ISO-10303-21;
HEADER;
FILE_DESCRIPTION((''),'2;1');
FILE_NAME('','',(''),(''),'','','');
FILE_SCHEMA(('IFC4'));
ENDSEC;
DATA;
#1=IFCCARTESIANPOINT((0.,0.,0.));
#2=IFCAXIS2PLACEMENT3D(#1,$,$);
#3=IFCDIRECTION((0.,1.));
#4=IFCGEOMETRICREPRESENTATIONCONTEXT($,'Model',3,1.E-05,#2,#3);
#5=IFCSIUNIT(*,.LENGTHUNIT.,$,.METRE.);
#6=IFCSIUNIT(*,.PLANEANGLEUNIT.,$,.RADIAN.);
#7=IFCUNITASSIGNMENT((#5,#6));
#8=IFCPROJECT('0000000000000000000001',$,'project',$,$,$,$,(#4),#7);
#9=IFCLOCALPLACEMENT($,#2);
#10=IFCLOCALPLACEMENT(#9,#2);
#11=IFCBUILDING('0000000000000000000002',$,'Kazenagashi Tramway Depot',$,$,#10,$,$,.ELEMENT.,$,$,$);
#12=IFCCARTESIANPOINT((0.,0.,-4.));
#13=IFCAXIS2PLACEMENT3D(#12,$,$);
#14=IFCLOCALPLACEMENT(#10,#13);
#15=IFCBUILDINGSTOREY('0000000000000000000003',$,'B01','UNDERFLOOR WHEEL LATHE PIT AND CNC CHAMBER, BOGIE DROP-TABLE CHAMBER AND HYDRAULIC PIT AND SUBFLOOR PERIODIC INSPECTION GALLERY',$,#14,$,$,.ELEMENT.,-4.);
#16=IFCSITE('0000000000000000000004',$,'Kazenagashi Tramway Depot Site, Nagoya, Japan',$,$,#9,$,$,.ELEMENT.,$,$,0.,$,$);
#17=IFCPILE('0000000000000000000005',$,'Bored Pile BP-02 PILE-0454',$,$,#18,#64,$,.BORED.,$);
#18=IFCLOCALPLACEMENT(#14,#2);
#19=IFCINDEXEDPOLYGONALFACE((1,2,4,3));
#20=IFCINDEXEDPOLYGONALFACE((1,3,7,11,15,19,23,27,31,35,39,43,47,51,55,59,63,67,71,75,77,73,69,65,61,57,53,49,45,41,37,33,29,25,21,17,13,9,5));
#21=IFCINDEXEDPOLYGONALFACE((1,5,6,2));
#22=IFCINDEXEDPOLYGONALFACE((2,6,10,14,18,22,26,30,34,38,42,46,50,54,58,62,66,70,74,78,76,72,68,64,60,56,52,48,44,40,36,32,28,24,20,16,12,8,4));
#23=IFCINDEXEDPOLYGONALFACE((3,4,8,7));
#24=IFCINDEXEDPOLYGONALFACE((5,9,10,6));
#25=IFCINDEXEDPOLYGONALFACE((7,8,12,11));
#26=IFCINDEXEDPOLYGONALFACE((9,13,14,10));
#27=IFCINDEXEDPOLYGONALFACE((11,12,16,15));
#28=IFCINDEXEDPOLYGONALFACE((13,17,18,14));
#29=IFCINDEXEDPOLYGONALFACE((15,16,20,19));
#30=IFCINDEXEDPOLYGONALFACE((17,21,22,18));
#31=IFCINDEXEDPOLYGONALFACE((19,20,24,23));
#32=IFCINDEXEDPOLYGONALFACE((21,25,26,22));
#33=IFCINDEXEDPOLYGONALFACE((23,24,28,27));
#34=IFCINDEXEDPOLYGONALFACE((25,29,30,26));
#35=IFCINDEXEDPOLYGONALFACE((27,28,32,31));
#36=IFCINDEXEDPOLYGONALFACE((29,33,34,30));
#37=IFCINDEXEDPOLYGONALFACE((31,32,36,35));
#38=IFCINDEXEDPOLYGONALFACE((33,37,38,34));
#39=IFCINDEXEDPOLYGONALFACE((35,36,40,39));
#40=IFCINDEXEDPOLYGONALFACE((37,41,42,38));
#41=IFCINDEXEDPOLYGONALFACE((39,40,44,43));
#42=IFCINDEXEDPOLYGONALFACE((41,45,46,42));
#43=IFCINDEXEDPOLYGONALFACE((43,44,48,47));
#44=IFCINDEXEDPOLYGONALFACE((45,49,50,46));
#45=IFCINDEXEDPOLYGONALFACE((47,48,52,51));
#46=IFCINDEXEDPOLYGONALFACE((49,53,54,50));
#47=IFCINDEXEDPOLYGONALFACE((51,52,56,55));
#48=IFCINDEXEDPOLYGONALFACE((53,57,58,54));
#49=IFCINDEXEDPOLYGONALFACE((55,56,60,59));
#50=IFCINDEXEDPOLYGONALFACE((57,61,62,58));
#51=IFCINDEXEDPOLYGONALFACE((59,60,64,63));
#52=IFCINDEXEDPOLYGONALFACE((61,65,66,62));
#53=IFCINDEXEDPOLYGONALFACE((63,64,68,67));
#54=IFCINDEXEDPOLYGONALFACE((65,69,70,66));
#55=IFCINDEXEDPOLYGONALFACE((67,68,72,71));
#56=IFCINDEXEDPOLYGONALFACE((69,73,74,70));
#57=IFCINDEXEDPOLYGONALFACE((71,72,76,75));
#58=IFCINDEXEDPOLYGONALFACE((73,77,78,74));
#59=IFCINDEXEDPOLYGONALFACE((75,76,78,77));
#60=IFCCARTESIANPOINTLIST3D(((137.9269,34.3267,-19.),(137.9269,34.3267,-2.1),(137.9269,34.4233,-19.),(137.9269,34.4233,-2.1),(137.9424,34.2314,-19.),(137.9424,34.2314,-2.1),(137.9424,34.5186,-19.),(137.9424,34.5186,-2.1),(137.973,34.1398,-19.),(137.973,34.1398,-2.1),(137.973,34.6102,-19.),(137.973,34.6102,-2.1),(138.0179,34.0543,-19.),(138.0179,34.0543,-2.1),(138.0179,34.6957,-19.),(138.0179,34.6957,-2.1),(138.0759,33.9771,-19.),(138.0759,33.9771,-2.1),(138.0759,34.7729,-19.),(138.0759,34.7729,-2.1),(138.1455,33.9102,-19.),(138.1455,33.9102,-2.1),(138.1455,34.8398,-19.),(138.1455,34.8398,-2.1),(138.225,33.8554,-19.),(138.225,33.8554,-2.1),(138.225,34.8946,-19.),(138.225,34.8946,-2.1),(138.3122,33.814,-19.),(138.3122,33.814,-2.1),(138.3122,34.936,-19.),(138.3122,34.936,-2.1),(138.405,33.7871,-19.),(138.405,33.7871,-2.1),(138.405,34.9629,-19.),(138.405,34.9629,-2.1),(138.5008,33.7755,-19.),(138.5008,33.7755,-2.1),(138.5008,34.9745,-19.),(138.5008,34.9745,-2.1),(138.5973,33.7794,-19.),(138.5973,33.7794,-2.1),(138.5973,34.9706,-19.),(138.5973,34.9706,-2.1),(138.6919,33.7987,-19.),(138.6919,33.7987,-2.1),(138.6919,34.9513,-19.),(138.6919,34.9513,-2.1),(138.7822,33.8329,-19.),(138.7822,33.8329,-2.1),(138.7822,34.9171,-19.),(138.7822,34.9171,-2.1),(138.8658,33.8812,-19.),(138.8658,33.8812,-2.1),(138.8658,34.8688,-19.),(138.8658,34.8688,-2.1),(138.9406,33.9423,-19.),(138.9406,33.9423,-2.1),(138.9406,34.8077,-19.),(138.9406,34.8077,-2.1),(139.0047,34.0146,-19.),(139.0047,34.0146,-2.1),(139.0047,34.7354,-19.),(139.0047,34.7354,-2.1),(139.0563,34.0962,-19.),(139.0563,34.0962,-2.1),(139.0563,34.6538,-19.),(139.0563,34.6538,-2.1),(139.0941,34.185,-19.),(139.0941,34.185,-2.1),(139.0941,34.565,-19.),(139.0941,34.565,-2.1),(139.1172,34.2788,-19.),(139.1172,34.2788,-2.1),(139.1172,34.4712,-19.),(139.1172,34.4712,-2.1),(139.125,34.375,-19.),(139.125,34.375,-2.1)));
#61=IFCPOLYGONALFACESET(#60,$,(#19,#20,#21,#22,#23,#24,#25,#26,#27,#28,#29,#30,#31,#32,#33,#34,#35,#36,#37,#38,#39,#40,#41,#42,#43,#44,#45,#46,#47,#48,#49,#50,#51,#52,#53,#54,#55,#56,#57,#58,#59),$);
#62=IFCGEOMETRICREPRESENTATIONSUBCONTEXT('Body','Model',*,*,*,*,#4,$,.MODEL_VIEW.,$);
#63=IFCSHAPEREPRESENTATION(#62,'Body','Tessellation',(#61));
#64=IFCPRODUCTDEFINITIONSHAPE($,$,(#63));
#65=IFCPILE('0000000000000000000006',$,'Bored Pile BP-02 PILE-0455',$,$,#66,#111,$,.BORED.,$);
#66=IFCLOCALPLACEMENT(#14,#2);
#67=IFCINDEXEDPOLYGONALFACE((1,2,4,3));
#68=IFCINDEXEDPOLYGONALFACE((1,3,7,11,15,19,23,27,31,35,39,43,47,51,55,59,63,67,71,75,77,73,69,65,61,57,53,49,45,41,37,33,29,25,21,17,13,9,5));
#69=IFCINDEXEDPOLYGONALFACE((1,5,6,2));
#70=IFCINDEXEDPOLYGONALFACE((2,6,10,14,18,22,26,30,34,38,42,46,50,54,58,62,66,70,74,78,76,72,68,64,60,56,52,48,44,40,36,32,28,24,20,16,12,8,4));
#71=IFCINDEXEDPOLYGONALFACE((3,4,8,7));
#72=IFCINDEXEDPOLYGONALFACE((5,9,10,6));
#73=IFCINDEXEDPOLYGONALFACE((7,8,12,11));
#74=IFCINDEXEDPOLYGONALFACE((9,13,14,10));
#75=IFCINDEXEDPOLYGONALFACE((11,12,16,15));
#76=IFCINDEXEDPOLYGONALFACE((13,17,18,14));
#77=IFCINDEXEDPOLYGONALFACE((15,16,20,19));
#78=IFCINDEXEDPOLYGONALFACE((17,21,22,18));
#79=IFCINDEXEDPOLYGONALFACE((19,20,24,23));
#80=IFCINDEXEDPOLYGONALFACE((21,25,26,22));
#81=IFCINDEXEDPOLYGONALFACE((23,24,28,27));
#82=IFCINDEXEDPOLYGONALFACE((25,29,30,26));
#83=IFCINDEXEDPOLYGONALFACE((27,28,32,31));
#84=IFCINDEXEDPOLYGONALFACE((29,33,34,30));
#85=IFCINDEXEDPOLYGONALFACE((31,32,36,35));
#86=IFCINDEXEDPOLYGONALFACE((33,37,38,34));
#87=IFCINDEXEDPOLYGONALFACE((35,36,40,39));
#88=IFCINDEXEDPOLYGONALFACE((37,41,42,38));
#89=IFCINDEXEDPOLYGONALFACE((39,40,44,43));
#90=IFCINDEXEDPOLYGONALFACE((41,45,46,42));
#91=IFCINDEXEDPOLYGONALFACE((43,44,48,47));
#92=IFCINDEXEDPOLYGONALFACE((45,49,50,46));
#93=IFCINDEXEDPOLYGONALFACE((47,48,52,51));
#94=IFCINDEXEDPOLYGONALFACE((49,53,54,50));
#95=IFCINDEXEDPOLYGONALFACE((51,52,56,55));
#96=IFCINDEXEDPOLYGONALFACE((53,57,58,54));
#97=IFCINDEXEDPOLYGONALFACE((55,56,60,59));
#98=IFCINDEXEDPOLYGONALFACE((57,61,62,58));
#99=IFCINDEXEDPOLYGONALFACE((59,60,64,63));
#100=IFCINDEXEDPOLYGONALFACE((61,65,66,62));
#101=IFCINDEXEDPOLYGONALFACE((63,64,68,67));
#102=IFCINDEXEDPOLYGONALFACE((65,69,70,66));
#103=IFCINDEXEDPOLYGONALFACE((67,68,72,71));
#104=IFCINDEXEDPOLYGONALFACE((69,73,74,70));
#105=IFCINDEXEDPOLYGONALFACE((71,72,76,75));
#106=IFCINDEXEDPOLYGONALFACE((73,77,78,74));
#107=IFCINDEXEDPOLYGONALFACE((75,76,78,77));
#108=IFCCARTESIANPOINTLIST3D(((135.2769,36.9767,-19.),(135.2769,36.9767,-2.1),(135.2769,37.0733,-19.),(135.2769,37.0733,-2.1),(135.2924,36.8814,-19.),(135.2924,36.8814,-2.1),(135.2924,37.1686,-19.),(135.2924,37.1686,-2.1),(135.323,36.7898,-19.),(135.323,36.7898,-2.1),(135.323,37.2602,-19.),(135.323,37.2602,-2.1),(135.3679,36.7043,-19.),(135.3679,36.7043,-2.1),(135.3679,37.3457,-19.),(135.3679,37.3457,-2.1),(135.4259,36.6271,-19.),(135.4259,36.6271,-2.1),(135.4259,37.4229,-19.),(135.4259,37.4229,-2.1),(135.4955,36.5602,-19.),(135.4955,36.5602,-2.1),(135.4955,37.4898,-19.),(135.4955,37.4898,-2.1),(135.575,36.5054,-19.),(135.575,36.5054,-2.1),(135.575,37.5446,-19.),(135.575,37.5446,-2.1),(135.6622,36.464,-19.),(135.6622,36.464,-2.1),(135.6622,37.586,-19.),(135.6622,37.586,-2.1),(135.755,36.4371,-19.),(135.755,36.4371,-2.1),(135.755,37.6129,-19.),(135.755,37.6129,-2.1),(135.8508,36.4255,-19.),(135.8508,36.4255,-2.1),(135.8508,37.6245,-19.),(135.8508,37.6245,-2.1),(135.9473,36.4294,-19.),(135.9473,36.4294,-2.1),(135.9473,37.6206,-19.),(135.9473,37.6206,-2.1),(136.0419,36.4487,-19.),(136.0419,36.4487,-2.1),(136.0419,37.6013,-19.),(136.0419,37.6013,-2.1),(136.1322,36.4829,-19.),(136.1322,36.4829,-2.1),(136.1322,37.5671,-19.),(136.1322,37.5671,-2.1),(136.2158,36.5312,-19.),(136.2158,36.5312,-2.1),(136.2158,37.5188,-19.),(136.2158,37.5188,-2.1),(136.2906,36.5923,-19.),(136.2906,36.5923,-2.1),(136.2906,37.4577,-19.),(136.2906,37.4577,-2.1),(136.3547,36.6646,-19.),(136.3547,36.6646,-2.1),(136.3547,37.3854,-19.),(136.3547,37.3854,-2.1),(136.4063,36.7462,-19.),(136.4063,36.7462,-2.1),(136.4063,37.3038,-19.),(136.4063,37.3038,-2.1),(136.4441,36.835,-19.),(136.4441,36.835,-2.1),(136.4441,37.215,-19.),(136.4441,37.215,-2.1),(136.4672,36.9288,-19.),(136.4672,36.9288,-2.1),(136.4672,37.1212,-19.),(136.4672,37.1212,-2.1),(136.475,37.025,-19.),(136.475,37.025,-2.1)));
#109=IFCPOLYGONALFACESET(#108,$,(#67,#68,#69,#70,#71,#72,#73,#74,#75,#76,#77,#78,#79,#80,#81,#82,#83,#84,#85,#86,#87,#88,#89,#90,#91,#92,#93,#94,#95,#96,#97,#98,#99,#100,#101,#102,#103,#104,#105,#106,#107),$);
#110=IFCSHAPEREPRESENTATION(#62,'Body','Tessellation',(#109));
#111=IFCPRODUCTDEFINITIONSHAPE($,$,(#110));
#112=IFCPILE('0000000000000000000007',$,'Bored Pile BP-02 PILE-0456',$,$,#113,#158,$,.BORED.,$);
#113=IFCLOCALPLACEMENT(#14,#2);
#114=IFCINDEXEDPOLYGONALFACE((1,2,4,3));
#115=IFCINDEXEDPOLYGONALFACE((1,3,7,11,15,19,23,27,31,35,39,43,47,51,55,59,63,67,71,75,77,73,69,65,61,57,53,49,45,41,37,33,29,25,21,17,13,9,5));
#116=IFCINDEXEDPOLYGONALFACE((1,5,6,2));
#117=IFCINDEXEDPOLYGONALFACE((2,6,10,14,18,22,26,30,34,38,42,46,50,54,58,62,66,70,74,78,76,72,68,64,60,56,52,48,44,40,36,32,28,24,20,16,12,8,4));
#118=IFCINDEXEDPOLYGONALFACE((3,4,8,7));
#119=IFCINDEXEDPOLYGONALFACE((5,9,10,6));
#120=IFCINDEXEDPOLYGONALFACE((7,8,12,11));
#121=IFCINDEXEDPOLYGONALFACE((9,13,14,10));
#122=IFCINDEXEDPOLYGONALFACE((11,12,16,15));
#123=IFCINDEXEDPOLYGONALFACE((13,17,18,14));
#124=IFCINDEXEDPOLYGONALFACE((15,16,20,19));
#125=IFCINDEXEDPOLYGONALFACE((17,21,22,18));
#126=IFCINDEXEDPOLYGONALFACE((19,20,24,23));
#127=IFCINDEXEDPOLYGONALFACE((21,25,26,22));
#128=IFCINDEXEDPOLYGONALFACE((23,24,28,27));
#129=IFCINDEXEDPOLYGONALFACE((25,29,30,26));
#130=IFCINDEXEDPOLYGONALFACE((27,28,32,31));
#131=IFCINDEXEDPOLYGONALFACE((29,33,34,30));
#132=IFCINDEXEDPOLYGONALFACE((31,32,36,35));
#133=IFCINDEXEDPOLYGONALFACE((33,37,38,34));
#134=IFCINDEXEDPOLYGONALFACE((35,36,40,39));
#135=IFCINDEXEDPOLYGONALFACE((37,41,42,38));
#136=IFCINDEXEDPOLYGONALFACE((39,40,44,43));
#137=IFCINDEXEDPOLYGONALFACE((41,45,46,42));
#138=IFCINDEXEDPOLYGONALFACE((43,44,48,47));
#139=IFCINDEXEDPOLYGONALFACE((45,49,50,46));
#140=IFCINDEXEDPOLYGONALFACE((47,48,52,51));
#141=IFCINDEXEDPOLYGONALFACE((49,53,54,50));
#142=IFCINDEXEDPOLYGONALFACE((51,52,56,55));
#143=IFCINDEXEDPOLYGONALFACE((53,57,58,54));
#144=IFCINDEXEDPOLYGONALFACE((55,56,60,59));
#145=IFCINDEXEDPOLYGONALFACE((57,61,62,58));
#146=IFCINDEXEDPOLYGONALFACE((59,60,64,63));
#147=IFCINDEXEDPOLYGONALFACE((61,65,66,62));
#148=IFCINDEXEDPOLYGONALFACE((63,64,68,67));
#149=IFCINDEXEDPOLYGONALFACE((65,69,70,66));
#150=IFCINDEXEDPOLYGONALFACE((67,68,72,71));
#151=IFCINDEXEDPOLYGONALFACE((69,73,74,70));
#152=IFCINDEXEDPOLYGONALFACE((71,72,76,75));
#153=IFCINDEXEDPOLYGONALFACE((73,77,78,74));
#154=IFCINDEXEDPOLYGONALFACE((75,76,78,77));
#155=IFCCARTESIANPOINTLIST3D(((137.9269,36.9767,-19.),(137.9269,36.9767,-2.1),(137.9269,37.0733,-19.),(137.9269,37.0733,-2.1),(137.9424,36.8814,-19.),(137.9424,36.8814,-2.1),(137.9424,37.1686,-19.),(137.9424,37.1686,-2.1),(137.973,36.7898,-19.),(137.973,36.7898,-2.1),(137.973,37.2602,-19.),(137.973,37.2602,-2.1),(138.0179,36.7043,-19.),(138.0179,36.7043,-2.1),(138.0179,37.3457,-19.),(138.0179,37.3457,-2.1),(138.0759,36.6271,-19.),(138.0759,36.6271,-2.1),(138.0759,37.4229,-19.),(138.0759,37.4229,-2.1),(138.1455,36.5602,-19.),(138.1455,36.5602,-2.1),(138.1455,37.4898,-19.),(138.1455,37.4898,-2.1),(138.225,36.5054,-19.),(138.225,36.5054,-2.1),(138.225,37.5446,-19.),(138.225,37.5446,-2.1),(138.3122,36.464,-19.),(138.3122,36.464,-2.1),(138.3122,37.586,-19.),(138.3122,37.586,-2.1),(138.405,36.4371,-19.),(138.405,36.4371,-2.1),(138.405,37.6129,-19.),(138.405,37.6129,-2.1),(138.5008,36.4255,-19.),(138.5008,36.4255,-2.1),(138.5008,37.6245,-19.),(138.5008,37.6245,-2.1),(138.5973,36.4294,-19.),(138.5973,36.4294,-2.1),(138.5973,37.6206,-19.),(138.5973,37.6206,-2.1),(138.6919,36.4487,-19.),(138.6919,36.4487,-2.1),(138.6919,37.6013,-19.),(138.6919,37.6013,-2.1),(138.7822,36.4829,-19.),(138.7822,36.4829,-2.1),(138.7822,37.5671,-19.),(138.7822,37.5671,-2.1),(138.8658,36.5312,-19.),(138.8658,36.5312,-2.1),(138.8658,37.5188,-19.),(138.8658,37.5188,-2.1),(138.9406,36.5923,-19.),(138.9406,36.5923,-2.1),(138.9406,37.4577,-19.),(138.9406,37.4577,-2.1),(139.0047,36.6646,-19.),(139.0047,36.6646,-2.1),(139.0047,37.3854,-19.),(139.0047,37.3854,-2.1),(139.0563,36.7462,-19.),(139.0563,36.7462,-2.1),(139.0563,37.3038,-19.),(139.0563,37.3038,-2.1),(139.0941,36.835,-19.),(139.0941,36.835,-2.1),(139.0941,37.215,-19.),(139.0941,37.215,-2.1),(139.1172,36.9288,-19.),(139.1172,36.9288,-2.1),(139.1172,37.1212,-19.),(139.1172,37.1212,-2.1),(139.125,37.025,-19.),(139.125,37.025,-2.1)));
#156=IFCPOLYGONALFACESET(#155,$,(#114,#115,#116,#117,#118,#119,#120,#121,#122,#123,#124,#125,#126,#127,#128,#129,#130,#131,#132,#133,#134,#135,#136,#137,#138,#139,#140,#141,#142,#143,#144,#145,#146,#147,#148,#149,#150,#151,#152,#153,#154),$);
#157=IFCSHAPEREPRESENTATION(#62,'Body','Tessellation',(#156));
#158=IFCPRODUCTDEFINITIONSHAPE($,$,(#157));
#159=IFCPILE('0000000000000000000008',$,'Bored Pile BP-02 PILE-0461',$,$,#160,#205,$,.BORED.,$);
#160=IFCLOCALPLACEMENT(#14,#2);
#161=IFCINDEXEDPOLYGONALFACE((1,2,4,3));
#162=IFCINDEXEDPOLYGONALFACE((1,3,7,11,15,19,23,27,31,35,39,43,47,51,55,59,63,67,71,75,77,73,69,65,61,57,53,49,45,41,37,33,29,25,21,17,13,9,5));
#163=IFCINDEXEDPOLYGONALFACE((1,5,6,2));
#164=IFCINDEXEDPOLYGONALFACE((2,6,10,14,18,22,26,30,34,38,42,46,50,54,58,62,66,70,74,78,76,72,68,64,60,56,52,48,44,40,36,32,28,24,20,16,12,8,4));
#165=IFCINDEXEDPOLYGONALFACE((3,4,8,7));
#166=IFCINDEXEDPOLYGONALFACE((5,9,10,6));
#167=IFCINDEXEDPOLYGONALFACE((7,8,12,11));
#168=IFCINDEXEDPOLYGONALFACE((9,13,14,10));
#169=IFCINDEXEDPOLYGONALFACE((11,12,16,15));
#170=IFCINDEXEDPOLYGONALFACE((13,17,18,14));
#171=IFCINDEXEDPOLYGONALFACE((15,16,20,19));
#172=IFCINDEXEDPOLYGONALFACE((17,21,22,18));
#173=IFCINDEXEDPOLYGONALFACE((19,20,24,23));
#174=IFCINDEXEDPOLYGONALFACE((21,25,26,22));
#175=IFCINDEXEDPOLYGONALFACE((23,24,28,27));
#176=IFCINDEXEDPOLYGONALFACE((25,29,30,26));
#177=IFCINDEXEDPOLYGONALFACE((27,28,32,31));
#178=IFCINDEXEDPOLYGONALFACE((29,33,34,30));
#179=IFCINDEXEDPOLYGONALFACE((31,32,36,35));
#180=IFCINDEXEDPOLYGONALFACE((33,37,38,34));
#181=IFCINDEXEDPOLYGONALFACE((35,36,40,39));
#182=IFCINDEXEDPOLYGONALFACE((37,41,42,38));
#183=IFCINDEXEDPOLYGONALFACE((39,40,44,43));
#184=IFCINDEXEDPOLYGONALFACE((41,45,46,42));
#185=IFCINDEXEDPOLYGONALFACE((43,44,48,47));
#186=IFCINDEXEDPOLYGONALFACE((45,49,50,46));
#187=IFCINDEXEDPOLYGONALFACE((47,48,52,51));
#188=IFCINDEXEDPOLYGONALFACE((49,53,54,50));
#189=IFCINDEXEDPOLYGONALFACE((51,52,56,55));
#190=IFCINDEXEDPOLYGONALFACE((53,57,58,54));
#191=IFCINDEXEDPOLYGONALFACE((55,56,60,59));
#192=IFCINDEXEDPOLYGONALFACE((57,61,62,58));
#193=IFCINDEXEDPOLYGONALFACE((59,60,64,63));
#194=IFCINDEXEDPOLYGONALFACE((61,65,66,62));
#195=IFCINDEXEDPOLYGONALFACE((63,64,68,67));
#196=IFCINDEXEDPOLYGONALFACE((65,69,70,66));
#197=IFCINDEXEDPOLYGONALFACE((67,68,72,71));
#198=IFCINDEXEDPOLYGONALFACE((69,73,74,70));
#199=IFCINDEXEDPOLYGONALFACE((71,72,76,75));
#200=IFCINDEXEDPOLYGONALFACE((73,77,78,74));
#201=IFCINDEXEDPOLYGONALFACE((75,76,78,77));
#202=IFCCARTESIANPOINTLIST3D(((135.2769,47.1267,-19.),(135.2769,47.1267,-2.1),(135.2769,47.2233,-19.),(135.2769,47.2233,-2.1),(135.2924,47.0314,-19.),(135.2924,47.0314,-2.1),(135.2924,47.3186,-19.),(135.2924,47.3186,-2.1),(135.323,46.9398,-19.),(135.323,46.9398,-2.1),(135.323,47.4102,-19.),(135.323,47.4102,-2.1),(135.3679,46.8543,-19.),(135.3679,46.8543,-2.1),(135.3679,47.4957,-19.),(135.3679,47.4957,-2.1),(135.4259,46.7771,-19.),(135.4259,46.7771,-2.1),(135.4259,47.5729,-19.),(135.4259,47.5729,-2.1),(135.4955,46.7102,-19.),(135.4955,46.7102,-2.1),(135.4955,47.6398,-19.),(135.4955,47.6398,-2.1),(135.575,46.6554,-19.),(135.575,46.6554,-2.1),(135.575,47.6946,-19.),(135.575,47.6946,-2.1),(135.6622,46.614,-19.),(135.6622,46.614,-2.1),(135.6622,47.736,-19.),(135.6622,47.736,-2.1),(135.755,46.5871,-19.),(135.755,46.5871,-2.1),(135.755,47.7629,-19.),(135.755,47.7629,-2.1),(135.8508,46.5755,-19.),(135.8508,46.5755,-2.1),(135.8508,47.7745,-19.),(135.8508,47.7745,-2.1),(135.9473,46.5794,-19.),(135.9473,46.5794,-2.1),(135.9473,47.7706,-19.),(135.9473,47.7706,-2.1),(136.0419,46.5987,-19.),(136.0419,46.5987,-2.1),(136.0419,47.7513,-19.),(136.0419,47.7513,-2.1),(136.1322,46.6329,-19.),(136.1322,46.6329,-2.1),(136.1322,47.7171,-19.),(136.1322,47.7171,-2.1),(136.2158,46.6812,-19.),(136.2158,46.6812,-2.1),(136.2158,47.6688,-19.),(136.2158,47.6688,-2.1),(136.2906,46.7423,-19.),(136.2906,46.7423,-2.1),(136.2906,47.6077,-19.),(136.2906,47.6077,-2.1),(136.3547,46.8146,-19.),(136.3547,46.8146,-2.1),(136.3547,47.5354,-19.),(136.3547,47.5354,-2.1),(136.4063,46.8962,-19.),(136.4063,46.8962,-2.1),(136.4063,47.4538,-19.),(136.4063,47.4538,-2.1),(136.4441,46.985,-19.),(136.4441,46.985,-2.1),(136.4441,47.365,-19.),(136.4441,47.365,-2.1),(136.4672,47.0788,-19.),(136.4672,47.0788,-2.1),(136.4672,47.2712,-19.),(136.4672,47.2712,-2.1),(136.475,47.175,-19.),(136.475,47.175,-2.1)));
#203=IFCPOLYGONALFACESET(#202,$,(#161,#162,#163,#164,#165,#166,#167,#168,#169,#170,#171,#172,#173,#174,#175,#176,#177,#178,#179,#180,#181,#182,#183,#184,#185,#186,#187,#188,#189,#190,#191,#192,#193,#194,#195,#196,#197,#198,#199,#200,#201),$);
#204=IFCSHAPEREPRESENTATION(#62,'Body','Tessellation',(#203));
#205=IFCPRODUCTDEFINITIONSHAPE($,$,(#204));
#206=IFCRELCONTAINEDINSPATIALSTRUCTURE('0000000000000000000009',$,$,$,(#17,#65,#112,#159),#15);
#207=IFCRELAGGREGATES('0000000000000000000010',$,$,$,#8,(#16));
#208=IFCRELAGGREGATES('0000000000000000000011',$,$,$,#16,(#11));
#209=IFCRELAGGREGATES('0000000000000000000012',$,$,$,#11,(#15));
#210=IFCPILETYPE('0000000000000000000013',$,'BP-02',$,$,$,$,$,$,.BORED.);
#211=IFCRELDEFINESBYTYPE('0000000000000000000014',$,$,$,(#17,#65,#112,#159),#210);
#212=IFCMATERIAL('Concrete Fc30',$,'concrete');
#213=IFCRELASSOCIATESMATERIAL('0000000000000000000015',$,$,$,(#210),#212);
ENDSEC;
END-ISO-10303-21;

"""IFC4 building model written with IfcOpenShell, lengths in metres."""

from ifc_helpers import new_model, si_unit, direction, frame, origin, origin_2d, place, context, subcontext, project, spatial, circle, extrude, material, material_profile, profile_set, type_object, element, save


model = new_model("IFC4")

# Units and contexts
model_context = context("Model", 3, precision=1e-05, world=origin(), true_north=direction((0.0, 1.0)))
body_context = subcontext(model_context, "Body", "Model", "MODEL_VIEW")
ifc_project = project(units=[si_unit("LENGTHUNIT", "METRE"), si_unit("PLANEANGLEUNIT", "RADIAN")], contexts=[model_context])

# Site, building, storey
site_placement = place(None, origin())
site = spatial("IfcSite", under=ifc_project, at=site_placement, Name="Kazenagashi Tramway Depot Site, Nagoya, Japan", CompositionType="ELEMENT", RefElevation=0.0)
building_placement = place(site_placement, origin())
building = spatial("IfcBuilding", under=site, at=building_placement, Name="Kazenagashi Tramway Depot", CompositionType="ELEMENT")
storey_placement = place(building_placement, frame((0.0, 0.0, -4.0)))
storey = spatial("IfcBuildingStorey", under=building, at=storey_placement, Name="B01", Description="UNDERFLOOR WHEEL LATHE PIT AND CNC CHAMBER, BOGIE DROP-TABLE CHAMBER AND HYDRAULIC PIT AND SUBFLOOR PERIODIC INSPECTION GALLERY", CompositionType="ELEMENT", Elevation=-4.0)

# Piles
ifc_material_1 = material(Name="Concrete Fc30", Category="concrete")
ifc_material_profile_1 = material_profile(ifc_material_1, circle(Radius=0.6, at=origin_2d()), Name="PILE-1200")
ifc_profile_set_1 = profile_set([ifc_material_profile_1], Name="Concrete Fc30")
pile_type_1 = type_object("IfcPileType", Name="BP-02", PredefinedType="BORED", material=ifc_profile_set_1)
for number, where, z_axis, x_axis, name in (
    (1, (138.525, 34.375, -2.1), (0.0, 0.0, -1.0), (1.0, 0.0, 0.0), "Bored Pile BP-02 PILE-0454"),
    (2, (135.875, 37.025, -2.1), (0.0, 0.0, -1.0), (1.0, 0.0, 0.0), "Bored Pile BP-02 PILE-0455"),
    (3, (138.525, 37.025, -2.1), (0.0, 0.0, -1.0), (1.0, 0.0, 0.0), "Bored Pile BP-02 PILE-0456"),
    (4, (135.875, 47.175, -2.1), (0.0, 0.0, -1.0), (1.0, 0.0, 0.0), "Bored Pile BP-02 PILE-0461"),
):
    element("IfcPile", number, at=place(storey_placement, frame(where, z_axis=z_axis, x_axis=x_axis)), inside=storey, type_object=pile_type_1, Name=name, PredefinedType="BORED", context=body_context, shape_type="SweptSolid", body=[
        extrude(circle(Radius=0.6, at=origin_2d()), origin(), (0.0, 0.0, 1.0), 16.9),
    ])

save(model, "model.ifc")
